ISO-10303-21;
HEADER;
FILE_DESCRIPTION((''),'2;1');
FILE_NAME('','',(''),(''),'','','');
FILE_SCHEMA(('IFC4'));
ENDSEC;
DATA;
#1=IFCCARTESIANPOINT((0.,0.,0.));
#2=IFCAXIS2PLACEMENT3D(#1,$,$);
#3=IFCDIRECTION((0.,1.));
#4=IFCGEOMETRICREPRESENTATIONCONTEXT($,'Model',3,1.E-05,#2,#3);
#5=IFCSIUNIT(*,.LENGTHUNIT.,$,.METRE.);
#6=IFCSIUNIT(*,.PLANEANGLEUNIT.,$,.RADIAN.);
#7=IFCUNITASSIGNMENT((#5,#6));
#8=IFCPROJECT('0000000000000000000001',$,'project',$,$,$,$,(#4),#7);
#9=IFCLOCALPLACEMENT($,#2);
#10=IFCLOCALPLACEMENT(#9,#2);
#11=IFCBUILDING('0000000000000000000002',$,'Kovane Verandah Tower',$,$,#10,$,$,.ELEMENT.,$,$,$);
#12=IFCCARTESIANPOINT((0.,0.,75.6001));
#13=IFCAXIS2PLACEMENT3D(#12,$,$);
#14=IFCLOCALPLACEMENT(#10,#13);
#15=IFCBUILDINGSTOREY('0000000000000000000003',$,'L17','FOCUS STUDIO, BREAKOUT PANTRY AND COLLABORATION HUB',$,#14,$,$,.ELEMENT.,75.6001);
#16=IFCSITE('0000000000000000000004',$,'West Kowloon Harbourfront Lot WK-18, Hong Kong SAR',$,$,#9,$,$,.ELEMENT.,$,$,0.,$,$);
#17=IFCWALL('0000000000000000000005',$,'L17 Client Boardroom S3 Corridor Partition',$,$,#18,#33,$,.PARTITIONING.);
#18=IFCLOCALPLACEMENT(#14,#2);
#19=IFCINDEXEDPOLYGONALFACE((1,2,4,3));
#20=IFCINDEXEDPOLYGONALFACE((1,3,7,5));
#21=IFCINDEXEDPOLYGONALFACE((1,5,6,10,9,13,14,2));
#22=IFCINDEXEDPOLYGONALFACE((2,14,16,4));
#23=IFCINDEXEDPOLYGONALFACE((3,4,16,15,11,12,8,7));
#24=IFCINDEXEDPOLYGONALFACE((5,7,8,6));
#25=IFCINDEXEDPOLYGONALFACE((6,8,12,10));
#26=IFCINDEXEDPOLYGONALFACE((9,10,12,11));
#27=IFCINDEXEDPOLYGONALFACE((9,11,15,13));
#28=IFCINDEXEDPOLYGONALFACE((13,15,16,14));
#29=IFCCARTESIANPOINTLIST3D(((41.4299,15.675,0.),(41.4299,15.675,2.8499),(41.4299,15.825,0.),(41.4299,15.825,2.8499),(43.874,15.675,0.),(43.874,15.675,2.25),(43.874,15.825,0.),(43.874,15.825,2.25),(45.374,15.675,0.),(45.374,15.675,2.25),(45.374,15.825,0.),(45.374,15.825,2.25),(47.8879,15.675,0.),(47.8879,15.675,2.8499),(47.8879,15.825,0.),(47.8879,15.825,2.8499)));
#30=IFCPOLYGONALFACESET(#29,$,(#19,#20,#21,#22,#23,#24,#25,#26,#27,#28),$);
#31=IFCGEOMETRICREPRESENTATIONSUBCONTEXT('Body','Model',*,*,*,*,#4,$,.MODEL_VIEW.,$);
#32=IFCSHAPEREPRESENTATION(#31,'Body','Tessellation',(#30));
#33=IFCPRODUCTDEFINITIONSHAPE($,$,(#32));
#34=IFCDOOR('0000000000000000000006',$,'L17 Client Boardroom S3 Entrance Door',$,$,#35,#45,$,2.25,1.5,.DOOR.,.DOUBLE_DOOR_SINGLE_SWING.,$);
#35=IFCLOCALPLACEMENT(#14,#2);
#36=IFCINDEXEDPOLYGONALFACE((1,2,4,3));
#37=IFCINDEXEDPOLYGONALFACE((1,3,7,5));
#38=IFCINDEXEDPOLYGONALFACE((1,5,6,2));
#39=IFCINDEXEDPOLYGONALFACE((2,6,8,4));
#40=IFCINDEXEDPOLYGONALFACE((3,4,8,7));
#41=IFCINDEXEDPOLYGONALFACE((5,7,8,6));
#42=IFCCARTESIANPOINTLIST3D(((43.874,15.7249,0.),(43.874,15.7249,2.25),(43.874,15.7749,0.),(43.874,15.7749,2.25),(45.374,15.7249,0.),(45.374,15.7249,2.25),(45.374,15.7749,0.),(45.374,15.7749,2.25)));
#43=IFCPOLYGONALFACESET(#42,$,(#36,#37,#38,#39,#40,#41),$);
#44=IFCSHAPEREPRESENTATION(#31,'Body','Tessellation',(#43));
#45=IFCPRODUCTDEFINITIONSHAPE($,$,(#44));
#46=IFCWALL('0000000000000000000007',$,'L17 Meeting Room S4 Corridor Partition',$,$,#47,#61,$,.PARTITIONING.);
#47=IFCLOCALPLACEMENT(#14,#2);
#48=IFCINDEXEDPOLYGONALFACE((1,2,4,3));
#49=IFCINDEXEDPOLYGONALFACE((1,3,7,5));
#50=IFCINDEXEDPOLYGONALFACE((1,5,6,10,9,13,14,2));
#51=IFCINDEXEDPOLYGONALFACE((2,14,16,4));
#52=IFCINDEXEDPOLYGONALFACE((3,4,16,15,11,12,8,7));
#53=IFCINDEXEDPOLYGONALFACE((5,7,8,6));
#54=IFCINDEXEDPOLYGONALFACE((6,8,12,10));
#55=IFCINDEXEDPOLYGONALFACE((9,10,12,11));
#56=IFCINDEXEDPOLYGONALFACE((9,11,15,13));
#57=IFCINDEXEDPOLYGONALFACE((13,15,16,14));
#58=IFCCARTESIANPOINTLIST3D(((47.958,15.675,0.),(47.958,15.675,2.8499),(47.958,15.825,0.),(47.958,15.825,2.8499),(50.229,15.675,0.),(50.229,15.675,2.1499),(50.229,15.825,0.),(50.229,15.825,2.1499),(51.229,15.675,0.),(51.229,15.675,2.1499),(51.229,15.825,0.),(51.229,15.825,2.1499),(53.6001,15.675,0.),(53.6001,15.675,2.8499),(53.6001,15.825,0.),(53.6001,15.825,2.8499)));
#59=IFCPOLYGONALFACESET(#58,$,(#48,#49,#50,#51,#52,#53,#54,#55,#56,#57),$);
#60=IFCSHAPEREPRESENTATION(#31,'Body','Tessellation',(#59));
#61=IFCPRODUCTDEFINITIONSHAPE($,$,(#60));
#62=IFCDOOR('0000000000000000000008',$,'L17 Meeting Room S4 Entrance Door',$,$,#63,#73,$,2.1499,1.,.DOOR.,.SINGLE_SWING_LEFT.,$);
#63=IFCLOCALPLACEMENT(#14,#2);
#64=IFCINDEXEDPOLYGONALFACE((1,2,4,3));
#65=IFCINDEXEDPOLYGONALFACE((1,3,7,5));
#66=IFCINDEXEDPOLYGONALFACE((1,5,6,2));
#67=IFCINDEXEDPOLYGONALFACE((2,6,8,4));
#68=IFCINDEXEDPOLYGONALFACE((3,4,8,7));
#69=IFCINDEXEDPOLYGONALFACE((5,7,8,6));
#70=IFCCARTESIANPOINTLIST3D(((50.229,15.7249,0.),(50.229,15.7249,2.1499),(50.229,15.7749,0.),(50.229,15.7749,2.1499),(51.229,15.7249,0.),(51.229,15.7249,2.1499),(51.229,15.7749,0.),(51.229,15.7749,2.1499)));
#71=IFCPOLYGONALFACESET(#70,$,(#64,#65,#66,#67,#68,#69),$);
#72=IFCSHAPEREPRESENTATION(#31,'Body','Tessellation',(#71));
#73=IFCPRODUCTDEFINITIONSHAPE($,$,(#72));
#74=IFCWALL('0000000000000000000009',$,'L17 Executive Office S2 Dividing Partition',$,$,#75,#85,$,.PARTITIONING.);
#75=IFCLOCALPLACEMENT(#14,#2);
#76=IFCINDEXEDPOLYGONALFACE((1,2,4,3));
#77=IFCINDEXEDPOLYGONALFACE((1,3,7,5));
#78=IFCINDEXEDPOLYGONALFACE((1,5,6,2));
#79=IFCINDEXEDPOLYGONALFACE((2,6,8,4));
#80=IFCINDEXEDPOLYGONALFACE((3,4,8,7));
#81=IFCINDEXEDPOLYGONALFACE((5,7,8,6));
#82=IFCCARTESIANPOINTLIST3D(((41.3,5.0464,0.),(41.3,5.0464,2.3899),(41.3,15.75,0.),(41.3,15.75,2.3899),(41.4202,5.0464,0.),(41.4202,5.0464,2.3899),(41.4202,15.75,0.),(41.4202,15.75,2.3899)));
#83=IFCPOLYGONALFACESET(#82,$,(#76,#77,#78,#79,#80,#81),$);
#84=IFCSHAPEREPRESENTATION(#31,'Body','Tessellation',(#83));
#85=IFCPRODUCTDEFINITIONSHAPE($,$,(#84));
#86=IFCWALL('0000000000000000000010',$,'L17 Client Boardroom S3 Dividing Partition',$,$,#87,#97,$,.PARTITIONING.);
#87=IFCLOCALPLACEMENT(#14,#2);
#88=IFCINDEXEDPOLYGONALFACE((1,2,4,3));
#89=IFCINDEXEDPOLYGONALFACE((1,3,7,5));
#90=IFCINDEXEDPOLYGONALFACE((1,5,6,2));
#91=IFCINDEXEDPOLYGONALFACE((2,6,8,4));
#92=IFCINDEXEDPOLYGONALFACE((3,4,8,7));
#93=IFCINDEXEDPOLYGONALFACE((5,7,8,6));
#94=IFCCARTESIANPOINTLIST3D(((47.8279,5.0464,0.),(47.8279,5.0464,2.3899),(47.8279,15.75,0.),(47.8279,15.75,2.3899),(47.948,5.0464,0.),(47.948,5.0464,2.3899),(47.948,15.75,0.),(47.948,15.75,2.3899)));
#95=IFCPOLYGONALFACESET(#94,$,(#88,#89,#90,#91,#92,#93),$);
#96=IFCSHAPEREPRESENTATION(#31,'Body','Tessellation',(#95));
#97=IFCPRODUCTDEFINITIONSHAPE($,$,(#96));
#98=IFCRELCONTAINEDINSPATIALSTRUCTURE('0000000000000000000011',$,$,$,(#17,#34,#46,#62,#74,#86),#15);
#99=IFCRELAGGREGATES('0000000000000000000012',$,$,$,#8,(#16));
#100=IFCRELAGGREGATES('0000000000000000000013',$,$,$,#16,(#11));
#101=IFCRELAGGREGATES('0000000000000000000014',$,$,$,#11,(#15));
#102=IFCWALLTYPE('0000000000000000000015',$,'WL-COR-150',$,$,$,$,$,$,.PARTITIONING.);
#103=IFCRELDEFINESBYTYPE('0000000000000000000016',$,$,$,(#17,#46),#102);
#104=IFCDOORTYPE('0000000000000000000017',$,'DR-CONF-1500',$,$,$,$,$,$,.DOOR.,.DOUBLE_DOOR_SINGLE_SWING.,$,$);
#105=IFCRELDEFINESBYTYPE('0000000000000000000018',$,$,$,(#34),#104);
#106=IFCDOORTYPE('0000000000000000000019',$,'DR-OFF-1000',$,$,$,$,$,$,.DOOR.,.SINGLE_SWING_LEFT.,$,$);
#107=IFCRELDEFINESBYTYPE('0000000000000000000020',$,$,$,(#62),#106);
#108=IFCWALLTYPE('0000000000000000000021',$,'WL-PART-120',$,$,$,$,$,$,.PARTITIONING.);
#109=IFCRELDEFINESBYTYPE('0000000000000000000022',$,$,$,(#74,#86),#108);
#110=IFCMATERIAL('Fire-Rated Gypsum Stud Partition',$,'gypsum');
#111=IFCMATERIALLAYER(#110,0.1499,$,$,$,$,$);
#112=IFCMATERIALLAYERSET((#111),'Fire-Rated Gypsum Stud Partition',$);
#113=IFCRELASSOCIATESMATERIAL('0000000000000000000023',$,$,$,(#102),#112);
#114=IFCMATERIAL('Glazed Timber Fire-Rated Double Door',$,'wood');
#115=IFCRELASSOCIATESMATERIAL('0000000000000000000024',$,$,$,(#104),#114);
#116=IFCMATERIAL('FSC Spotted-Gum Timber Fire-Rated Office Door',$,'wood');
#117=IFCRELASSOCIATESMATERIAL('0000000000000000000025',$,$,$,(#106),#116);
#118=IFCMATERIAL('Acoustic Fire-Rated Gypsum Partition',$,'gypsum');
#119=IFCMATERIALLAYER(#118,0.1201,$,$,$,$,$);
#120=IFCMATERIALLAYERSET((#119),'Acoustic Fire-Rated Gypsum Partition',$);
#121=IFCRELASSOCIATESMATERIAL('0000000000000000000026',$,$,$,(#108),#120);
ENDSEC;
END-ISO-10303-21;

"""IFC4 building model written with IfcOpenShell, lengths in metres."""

from ifc_helpers import new_model, si_unit, direction, frame, frame_2d, origin, place, context, subcontext, project, spatial, rectangle, extrude, material, layer, layer_set, type_object, element, fill, save


model = new_model("IFC4")

# Units and contexts
model_context = context("Model", 3, precision=1e-05, world=origin(), true_north=direction((0.0, 1.0)))
body_context = subcontext(model_context, "Body", "Model", "MODEL_VIEW")
ifc_project = project(units=[si_unit("LENGTHUNIT", "METRE"), si_unit("PLANEANGLEUNIT", "RADIAN")], contexts=[model_context])

# Site, building, storey
site_placement = place(None, origin())
site = spatial("IfcSite", under=ifc_project, at=site_placement, Name="West Kowloon Harbourfront Lot WK-18, Hong Kong SAR", CompositionType="ELEMENT", RefElevation=0.0)
building_placement = place(site_placement, origin())
building = spatial("IfcBuilding", under=site, at=building_placement, Name="Kovane Verandah Tower", CompositionType="ELEMENT")
storey_placement = place(building_placement, frame((0.0, 0.0, 75.6001)))
storey = spatial("IfcBuildingStorey", under=building, at=storey_placement, Name="L17", Description="FOCUS STUDIO, BREAKOUT PANTRY AND COLLABORATION HUB", CompositionType="ELEMENT", Elevation=75.6001)

# Walls, openings, doors
ifc_material_1 = material(Name="Fire-Rated Gypsum Stud Partition", Category="gypsum")
ifc_layer_1 = layer(ifc_material_1, 0.1499)
ifc_layer_set_1 = layer_set([ifc_layer_1], Name="Fire-Rated Gypsum Stud Partition")
wall_type_1 = type_object("IfcWallType", Name="WL-COR-150", PredefinedType="PARTITIONING", material=ifc_layer_set_1)
wall_1_placement = place(storey_placement, frame((41.4299, 15.75, 0.0), z_axis=(0.0, 0.0, 1.0), x_axis=(1.0, 0.0, 0.0)))
wall_1 = element("IfcWall", 1, at=wall_1_placement, inside=storey, type_object=wall_type_1, Name="L17 Client Boardroom S3 Corridor Partition", PredefinedType="PARTITIONING", context=body_context, shape_type="SweptSolid", body=[
    extrude(rectangle(XDim=6.458, YDim=0.1499, at=frame_2d((3.229, 0.0))), origin(), (0.0, 0.0, 1.0), 2.8499),
])
opening_1_placement = place(wall_1_placement, frame((2.4441, 0.0, 0.0)))
opening_1 = element("IfcOpeningElement", 2, at=opening_1_placement, cuts=wall_1, PredefinedType="OPENING", context=body_context, shape_type="SweptSolid", body=[
    extrude(rectangle(XDim=1.5, YDim=2.25, at=frame_2d((0.75, 1.125))), frame((0.0, 0.075, 0.0), z_axis=(0.0, -1.0, 0.0), x_axis=(1.0, 0.0, 0.0)), (0.0, 0.0, 1.0), 0.1499),
])
ifc_material_2 = material(Name="Glazed Timber Fire-Rated Double Door", Category="wood")
door_type_1 = type_object("IfcDoorType", Name="DR-CONF-1500", OperationType="DOUBLE_DOOR_SINGLE_SWING", PredefinedType="DOOR", material=ifc_material_2)
door_1_placement = place(opening_1_placement, origin())
door_1 = element("IfcDoor", 3, at=door_1_placement, inside=storey, type_object=door_type_1, Name="L17 Client Boardroom S3 Entrance Door", OperationType="DOUBLE_DOOR_SINGLE_SWING", OverallHeight=2.25, OverallWidth=1.5, PredefinedType="DOOR", context=body_context, shape_type="SweptSolid", body=[
    extrude(rectangle(XDim=1.5, YDim=2.25, at=frame_2d((0.75, 1.125))), frame((0.0, 0.0249, 0.0), z_axis=(0.0, -1.0, 0.0), x_axis=(1.0, 0.0, 0.0)), (0.0, 0.0, 1.0), 0.05),
])
fill(opening_1, door_1)
wall_2_placement = place(storey_placement, frame((47.958, 15.75, 0.0), z_axis=(0.0, 0.0, 1.0), x_axis=(1.0, 0.0, 0.0)))
wall_2 = element("IfcWall", 4, at=wall_2_placement, inside=storey, type_object=wall_type_1, Name="L17 Meeting Room S4 Corridor Partition", PredefinedType="PARTITIONING", context=body_context, shape_type="SweptSolid", body=[
    extrude(rectangle(XDim=5.6421, YDim=0.1499, at=frame_2d((2.821, 0.0))), origin(), (0.0, 0.0, 1.0), 2.8499),
])
opening_2_placement = place(wall_2_placement, frame((2.271, 0.0, 0.0)))
opening_2 = element("IfcOpeningElement", 5, at=opening_2_placement, cuts=wall_2, PredefinedType="OPENING", context=body_context, shape_type="SweptSolid", body=[
    extrude(rectangle(XDim=1.0, YDim=2.1499, at=frame_2d((0.5, 1.075))), frame((0.0, 0.075, 0.0), z_axis=(0.0, -1.0, 0.0), x_axis=(1.0, 0.0, 0.0)), (0.0, 0.0, 1.0), 0.1499),
])
ifc_material_3 = material(Name="FSC Spotted-Gum Timber Fire-Rated Office Door", Category="wood")
door_type_2 = type_object("IfcDoorType", Name="DR-OFF-1000", OperationType="SINGLE_SWING_LEFT", PredefinedType="DOOR", material=ifc_material_3)
door_2_placement = place(opening_2_placement, origin())
door_2 = element("IfcDoor", 6, at=door_2_placement, inside=storey, type_object=door_type_2, Name="L17 Meeting Room S4 Entrance Door", OperationType="SINGLE_SWING_LEFT", OverallHeight=2.1499, OverallWidth=1.0, PredefinedType="DOOR", context=body_context, shape_type="SweptSolid", body=[
    extrude(rectangle(XDim=1.0, YDim=2.1499, at=frame_2d((0.5, 1.075))), frame((0.0, 0.0249, 0.0), z_axis=(0.0, -1.0, 0.0), x_axis=(1.0, 0.0, 0.0)), (0.0, 0.0, 1.0), 0.05),
])
fill(opening_2, door_2)

# Walls
ifc_material_4 = material(Name="Acoustic Fire-Rated Gypsum Partition", Category="gypsum")
ifc_layer_2 = layer(ifc_material_4, 0.1201)
ifc_layer_set_2 = layer_set([ifc_layer_2], Name="Acoustic Fire-Rated Gypsum Partition")
wall_type_2 = type_object("IfcWallType", Name="WL-PART-120", PredefinedType="PARTITIONING", material=ifc_layer_set_2)
for number, where, z_axis, x_axis, name in (
    (7, (41.3601, 5.0464, 0.0), (0.0, 0.0, 1.0), (0.0, 1.0, 0.0), "L17 Executive Office S2 Dividing Partition"),
    (8, (47.8879, 5.0464, 0.0), (0.0, 0.0, 1.0), (0.0, 1.0, 0.0), "L17 Client Boardroom S3 Dividing Partition"),
):
    element("IfcWall", number, at=place(storey_placement, frame(where, z_axis=z_axis, x_axis=x_axis)), inside=storey, type_object=wall_type_2, Name=name, PredefinedType="PARTITIONING", context=body_context, shape_type="SweptSolid", body=[
        extrude(rectangle(XDim=10.7036, YDim=0.1201, at=frame_2d((5.3518, 0.0))), origin(), (0.0, 0.0, 1.0), 2.3899),
    ])

save(model, "model.ifc")
